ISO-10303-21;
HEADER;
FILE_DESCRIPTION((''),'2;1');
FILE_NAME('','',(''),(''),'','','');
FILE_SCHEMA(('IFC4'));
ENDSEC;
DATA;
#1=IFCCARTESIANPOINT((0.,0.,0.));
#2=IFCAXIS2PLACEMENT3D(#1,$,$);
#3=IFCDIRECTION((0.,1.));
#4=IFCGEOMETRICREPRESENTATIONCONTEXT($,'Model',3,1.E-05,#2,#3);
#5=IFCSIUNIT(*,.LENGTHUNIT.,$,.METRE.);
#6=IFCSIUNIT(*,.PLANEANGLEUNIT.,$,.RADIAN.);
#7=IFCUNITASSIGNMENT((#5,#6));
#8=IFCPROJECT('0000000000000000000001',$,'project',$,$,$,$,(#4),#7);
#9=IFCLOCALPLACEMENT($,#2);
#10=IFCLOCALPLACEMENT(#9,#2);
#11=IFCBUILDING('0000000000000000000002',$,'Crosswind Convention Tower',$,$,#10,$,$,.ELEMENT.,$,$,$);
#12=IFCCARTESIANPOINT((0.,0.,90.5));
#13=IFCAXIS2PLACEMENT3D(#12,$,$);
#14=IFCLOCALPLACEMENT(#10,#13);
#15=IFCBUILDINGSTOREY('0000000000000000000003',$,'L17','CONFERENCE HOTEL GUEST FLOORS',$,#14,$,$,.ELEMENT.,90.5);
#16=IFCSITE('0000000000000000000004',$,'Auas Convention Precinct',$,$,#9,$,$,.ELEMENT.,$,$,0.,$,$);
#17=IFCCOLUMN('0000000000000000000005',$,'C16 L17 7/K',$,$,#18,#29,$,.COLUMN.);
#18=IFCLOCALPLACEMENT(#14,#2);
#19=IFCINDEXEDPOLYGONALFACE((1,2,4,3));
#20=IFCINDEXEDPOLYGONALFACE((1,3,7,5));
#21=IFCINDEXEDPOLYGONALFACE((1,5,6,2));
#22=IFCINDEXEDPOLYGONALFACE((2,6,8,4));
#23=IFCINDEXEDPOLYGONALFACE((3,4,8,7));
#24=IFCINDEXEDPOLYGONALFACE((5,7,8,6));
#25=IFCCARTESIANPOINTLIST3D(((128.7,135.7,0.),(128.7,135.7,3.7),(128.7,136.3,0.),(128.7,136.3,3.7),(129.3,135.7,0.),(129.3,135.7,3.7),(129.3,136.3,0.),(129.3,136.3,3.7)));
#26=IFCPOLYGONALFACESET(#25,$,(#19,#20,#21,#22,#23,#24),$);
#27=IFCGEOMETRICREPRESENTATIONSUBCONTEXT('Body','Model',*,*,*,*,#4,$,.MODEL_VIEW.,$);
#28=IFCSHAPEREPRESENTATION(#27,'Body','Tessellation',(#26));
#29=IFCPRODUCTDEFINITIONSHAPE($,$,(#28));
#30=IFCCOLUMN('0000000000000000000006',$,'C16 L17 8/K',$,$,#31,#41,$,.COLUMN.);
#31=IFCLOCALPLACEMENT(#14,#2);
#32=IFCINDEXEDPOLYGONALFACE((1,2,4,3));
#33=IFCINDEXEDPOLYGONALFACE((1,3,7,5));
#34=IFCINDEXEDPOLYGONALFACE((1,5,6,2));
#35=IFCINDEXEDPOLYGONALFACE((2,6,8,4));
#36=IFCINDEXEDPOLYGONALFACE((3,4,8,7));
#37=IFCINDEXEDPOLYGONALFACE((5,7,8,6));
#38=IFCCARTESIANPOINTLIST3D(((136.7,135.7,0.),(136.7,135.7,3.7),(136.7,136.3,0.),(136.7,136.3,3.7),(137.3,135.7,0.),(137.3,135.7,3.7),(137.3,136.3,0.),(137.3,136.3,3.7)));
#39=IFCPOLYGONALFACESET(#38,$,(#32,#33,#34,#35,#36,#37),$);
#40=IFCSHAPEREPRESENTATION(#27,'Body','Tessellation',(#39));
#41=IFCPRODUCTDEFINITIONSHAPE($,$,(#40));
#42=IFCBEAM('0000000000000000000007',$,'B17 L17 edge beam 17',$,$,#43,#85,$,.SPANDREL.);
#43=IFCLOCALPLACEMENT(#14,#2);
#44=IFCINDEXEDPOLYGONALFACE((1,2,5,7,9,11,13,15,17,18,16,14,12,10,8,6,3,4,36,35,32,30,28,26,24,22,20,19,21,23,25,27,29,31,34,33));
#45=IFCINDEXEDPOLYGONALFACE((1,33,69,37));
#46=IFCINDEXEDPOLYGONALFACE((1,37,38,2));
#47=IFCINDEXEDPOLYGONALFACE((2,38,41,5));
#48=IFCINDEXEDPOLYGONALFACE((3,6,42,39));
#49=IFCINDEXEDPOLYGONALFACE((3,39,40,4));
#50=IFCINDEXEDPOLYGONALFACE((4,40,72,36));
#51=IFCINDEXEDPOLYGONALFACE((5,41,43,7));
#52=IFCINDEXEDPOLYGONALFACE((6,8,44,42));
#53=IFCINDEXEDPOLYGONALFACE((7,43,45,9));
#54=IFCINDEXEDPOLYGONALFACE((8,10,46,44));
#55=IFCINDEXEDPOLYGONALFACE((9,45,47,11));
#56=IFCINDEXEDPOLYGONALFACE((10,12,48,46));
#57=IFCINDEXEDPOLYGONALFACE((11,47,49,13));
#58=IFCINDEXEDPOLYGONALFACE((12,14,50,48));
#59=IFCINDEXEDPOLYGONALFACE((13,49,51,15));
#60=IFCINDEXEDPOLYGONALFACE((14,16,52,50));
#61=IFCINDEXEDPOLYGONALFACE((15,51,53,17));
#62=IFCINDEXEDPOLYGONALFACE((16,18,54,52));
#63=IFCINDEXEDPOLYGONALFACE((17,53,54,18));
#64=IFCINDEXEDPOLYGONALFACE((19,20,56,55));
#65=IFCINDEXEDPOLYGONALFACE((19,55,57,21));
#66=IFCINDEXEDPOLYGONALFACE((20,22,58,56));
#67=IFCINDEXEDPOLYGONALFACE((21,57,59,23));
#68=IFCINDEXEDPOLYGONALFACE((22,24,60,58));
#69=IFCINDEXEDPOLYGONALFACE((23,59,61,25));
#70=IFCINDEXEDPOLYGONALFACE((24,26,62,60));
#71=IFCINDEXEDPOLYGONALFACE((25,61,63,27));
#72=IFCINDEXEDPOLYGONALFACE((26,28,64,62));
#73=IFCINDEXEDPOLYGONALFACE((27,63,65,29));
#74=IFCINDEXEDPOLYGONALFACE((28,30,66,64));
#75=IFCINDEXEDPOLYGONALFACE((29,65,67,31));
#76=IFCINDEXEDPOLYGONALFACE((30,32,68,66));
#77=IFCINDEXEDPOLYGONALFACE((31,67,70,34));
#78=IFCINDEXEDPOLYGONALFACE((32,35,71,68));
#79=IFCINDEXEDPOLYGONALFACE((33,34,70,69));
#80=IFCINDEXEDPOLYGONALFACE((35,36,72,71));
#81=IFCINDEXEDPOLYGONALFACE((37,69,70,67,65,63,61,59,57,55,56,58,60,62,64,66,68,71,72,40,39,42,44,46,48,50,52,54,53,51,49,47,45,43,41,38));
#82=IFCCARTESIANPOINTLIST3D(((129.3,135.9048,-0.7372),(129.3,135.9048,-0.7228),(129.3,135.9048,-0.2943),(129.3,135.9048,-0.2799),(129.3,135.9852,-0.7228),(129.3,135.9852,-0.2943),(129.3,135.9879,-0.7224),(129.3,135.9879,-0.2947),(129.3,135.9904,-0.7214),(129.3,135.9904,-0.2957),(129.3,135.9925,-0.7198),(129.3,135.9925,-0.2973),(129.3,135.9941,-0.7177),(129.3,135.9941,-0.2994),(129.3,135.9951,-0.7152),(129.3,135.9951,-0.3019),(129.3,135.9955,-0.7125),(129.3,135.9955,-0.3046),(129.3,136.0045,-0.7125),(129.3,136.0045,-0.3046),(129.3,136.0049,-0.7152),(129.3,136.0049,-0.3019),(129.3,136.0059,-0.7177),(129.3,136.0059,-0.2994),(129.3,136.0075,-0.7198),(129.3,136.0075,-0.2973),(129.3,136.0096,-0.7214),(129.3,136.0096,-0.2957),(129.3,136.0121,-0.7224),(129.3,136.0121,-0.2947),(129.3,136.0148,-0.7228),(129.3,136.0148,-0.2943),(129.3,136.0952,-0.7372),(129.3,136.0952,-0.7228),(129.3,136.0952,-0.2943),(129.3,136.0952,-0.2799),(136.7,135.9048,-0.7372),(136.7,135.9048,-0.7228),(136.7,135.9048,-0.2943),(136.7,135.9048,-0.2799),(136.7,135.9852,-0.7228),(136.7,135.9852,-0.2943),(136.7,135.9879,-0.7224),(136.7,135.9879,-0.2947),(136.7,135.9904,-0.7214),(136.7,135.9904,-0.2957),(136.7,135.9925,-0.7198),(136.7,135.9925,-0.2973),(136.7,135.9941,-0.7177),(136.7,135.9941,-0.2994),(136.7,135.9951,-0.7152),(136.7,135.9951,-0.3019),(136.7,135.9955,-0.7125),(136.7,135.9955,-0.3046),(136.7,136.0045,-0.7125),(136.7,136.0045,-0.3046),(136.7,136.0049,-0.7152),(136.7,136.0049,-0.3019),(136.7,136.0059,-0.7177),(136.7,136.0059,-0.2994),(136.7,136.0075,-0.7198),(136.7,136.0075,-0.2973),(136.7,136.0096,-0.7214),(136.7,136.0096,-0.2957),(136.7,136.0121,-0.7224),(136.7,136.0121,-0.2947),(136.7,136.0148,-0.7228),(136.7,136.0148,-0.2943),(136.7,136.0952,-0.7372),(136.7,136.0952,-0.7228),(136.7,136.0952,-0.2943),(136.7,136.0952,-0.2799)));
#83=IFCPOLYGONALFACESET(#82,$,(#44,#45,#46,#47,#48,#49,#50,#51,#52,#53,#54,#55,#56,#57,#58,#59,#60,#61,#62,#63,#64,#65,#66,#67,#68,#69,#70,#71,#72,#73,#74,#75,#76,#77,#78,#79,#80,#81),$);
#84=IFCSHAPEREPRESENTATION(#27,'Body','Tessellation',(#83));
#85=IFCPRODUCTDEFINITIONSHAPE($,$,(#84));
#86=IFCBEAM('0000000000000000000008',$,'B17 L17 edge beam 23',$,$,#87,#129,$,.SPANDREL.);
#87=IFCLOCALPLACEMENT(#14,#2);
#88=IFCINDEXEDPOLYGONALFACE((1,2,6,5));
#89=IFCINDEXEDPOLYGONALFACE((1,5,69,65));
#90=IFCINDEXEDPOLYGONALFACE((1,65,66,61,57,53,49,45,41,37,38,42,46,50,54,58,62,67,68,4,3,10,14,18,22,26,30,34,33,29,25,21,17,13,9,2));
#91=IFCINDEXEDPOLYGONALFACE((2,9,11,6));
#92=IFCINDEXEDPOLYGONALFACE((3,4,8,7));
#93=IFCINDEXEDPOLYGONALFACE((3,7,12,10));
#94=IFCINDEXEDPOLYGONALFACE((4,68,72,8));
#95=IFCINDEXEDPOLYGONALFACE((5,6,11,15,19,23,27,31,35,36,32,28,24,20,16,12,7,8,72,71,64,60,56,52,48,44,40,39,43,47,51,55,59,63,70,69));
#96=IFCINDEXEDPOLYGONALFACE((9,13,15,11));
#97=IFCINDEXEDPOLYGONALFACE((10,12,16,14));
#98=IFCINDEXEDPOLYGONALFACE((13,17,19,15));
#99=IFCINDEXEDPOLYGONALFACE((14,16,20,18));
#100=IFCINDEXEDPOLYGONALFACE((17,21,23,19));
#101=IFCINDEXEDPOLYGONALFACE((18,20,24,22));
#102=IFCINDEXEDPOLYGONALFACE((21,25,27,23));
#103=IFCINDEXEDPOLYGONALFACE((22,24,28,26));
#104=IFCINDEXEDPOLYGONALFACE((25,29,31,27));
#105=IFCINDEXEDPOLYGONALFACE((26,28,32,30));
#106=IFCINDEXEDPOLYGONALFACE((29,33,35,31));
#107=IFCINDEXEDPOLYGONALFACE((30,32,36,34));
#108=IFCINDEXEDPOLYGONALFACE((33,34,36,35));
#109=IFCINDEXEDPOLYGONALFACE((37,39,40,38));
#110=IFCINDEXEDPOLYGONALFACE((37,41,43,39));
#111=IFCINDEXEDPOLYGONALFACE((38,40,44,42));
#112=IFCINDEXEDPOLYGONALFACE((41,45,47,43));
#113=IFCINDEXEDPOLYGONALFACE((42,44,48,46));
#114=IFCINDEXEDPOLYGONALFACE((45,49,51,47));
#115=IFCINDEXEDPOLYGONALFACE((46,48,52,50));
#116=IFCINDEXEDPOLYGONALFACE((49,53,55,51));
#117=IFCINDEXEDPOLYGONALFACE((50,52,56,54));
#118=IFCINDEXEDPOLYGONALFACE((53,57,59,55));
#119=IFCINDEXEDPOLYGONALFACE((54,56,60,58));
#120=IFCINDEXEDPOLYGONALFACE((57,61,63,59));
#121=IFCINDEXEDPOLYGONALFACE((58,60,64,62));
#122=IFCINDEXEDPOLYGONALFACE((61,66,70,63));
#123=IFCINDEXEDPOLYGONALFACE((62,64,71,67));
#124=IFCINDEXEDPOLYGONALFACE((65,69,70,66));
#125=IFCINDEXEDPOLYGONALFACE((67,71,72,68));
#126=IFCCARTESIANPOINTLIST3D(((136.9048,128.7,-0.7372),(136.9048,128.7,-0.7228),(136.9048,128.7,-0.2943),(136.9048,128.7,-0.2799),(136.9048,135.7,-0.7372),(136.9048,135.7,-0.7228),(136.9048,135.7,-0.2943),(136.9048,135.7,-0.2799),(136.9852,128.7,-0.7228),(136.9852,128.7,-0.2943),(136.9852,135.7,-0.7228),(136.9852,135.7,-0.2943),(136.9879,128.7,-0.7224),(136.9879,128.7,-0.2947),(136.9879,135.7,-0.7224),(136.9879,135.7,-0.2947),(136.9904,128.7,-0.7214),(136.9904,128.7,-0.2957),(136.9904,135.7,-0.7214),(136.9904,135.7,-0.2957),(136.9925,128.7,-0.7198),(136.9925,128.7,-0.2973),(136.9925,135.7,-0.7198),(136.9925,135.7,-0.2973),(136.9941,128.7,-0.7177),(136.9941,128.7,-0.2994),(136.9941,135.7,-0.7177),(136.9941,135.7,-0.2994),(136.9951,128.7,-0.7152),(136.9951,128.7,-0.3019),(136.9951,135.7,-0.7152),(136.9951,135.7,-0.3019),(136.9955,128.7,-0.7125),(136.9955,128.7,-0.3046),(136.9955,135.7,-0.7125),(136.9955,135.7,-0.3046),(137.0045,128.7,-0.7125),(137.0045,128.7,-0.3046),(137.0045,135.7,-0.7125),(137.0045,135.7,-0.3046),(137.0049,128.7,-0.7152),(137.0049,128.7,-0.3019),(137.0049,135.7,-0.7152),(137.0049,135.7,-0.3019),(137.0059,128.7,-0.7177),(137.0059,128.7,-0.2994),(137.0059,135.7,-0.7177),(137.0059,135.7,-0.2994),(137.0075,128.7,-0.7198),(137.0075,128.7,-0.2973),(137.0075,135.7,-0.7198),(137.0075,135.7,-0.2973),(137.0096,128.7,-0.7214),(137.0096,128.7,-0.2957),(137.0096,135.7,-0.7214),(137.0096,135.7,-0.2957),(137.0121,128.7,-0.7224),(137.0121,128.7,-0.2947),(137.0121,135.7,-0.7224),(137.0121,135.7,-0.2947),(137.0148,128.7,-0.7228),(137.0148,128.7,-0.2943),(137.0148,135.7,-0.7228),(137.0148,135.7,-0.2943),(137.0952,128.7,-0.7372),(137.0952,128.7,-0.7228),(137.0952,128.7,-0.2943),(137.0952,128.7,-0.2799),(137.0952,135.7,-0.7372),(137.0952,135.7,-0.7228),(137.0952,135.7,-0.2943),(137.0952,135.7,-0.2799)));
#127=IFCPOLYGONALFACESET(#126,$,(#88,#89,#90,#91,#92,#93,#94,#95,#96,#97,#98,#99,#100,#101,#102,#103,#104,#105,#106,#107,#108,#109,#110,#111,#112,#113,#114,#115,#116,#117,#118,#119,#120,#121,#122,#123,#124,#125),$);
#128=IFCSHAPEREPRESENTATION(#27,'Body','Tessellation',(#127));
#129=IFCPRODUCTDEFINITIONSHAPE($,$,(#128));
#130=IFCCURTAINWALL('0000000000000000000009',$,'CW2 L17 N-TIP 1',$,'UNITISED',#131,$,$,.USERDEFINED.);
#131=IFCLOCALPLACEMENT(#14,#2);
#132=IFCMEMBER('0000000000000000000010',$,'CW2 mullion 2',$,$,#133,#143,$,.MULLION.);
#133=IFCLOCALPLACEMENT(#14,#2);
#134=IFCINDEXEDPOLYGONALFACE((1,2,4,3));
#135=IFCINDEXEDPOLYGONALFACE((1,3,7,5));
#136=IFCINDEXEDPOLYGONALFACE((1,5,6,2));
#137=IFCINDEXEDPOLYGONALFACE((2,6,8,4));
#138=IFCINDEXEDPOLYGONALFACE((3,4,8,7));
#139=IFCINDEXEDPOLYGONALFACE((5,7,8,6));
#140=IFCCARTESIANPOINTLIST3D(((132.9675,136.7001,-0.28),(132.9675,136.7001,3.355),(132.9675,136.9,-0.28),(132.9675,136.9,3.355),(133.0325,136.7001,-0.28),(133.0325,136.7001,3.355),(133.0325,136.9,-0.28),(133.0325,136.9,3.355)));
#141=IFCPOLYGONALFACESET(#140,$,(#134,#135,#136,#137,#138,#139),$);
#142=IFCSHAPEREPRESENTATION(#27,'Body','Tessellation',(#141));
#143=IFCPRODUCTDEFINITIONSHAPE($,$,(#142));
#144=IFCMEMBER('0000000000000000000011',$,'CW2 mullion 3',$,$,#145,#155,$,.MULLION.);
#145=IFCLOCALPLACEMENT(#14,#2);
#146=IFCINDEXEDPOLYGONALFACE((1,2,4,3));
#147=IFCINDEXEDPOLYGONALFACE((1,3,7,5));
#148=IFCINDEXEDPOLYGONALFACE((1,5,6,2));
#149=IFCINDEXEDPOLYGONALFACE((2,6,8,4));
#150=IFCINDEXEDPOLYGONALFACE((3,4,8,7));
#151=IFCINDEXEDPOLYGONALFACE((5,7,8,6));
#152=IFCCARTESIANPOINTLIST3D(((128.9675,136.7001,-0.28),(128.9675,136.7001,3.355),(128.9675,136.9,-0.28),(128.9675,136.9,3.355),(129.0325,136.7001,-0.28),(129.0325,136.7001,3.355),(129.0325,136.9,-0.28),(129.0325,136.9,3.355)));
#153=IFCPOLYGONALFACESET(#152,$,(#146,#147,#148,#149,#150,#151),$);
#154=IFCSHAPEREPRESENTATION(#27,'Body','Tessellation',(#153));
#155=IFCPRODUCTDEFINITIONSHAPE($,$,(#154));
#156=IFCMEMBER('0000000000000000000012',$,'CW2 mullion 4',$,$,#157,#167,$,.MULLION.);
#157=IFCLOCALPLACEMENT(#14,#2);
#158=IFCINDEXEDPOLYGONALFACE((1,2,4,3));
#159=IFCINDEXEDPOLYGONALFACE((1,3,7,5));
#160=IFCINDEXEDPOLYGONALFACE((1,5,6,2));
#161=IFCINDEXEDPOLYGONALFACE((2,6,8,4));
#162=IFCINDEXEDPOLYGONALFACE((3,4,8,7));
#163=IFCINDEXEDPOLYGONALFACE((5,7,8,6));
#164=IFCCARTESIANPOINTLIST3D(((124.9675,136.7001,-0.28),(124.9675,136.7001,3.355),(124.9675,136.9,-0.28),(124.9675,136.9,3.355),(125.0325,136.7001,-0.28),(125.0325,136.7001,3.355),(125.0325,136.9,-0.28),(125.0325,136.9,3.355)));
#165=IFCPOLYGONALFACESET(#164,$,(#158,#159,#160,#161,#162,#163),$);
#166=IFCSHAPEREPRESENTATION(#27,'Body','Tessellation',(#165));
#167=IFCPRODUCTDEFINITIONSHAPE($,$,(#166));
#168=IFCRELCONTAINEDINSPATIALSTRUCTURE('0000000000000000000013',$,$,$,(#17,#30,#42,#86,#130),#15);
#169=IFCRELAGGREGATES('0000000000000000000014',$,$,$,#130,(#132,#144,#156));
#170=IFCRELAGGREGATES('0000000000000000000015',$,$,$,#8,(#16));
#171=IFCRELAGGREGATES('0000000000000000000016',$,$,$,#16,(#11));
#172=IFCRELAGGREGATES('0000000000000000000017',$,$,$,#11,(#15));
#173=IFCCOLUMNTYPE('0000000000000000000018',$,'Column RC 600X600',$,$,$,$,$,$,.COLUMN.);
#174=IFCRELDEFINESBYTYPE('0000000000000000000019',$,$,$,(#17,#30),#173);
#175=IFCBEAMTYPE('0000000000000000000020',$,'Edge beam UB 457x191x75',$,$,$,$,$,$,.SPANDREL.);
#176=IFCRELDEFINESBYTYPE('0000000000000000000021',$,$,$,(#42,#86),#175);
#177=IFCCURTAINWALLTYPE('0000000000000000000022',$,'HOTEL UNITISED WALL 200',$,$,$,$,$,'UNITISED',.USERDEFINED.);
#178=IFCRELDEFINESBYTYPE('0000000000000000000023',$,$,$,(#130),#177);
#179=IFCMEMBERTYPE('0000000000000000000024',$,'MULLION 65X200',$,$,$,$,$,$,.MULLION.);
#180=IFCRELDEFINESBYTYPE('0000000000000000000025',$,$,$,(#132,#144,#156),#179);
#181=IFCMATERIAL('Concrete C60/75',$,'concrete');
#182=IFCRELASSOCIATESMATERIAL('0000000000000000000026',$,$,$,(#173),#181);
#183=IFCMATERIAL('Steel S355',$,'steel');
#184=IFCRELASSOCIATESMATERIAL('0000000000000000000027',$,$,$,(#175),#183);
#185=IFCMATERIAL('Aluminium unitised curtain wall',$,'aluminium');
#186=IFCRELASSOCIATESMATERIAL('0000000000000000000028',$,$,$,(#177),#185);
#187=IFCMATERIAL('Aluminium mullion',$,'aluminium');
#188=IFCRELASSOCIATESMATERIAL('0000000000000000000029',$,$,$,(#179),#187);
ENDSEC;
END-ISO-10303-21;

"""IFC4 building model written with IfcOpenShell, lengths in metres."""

from ifc_helpers import new_model, si_unit, direction, frame, origin, origin_2d, place, context, subcontext, project, spatial, rectangle, i_section, extrude, material, material_profile, profile_set, type_object, element, aggregate, save


model = new_model("IFC4")

# Units and contexts
model_context = context("Model", 3, precision=1e-05, world=origin(), true_north=direction((0.0, 1.0)))
body_context = subcontext(model_context, "Body", "Model", "MODEL_VIEW")
ifc_project = project(units=[si_unit("LENGTHUNIT", "METRE"), si_unit("PLANEANGLEUNIT", "RADIAN")], contexts=[model_context])

# Site, building, storey
site_placement = place(None, origin())
site = spatial("IfcSite", under=ifc_project, at=site_placement, Name="Auas Convention Precinct", CompositionType="ELEMENT", RefElevation=0.0)
building_placement = place(site_placement, origin())
building = spatial("IfcBuilding", under=site, at=building_placement, Name="Crosswind Convention Tower", CompositionType="ELEMENT")
storey_placement = place(building_placement, frame((0.0, 0.0, 90.5)))
storey = spatial("IfcBuildingStorey", under=building, at=storey_placement, Name="L17", Description="CONFERENCE HOTEL GUEST FLOORS", CompositionType="ELEMENT", Elevation=90.5)

# Columns
ifc_material_1 = material(Name="Concrete C60/75", Category="concrete")
ifc_material_profile_1 = material_profile(ifc_material_1, rectangle(XDim=0.6001, YDim=0.6001, at=origin_2d()), Name="RC 600X600")
ifc_profile_set_1 = profile_set([ifc_material_profile_1], Name="Concrete C60/75")
column_type = type_object("IfcColumnType", Name="Column RC 600X600", PredefinedType="COLUMN", material=ifc_profile_set_1)
for number, where, z_axis, x_axis, name in (
    (1, (129.0, 136.0, 0.0), (0.0, 0.0, 1.0), (1.0, 0.0, 0.0), "C16 L17 7/K"),
    (2, (137.0, 136.0, 0.0), (0.0, 0.0, 1.0), (1.0, 0.0, 0.0), "C16 L17 8/K"),
):
    element("IfcColumn", number, at=place(storey_placement, frame(where, z_axis=z_axis, x_axis=x_axis)), inside=storey, type_object=column_type, Name=name, PredefinedType="COLUMN", context=body_context, shape_type="SweptSolid", body=[
        extrude(rectangle(XDim=0.6001, YDim=0.6001, at=origin_2d()), origin(), (0.0, 0.0, 1.0), 3.7),
    ])

# Beams
ifc_material_2 = material(Name="Steel S355", Category="steel")
ifc_material_profile_2 = material_profile(ifc_material_2, i_section(OverallWidth=0.1904, OverallDepth=0.4573, WebThickness=0.009, FlangeThickness=0.0144, FilletRadius=0.0103, at=origin_2d()), Name="UB 457x191x75")
ifc_profile_set_2 = profile_set([ifc_material_profile_2], Name="Steel S355")
beam_type_1 = type_object("IfcBeamType", Name="Edge beam UB 457x191x75", PredefinedType="SPANDREL", material=ifc_profile_set_2)
beam_1_placement = place(storey_placement, frame((129.3, 136.0, -0.5085), z_axis=(1.0, 0.0, 0.0), x_axis=(0.0, 1.0, 0.0)))
element("IfcBeam", 3, at=beam_1_placement, inside=storey, type_object=beam_type_1, Name="B17 L17 edge beam 17", PredefinedType="SPANDREL", context=body_context, shape_type="SweptSolid", body=[
    extrude(i_section(OverallWidth=0.1904, OverallDepth=0.4573, WebThickness=0.009, FlangeThickness=0.0144, FilletRadius=0.0103, at=origin_2d()), origin(), (0.0, 0.0, 1.0), 7.3999),
])
beam_2_placement = place(storey_placement, frame((137.0, 128.7, -0.5085), z_axis=(0.0, 1.0, 0.0), x_axis=(-1.0, 0.0, 0.0)))
element("IfcBeam", 4, at=beam_2_placement, inside=storey, type_object=beam_type_1, Name="B17 L17 edge beam 23", PredefinedType="SPANDREL", context=body_context, shape_type="SweptSolid", body=[
    extrude(i_section(OverallWidth=0.1904, OverallDepth=0.4573, WebThickness=0.009, FlangeThickness=0.0144, FilletRadius=0.0103, at=origin_2d()), origin(), (0.0, 0.0, 1.0), 7.0),
])

# Curtain wall, members
ifc_material_3 = material(Name="Aluminium unitised curtain wall", Category="aluminium")
curtain_wall_type = type_object("IfcCurtainWallType", Name="HOTEL UNITISED WALL 200", ElementType="UNITISED", PredefinedType="USERDEFINED", material=ifc_material_3)
curtain_wall_placement = place(storey_placement, origin())
curtain_wall = element("IfcCurtainWall", 5, at=curtain_wall_placement, inside=storey, type_object=curtain_wall_type, Name="CW2 L17 N-TIP 1", ObjectType="UNITISED", PredefinedType="USERDEFINED")
ifc_material_4 = material(Name="Aluminium mullion", Category="aluminium")
ifc_material_profile_3 = material_profile(ifc_material_4, rectangle(XDim=0.2, YDim=0.0649, at=origin_2d()), Name="AL 200X65")
ifc_profile_set_3 = profile_set([ifc_material_profile_3], Name="Aluminium mullion")
member_type = type_object("IfcMemberType", Name="MULLION 65X200", PredefinedType="MULLION", material=ifc_profile_set_3)
member_1_placement = place(storey_placement, frame((133.0, 136.8, -0.28), z_axis=(0.0, 0.0, 1.0), x_axis=(0.0, 1.0, 0.0)))
member_1 = element("IfcMember", 6, at=member_1_placement, type_object=member_type, Name="CW2 mullion 2", PredefinedType="MULLION", context=body_context, shape_type="SweptSolid", body=[
    extrude(rectangle(XDim=0.2, YDim=0.0649, at=origin_2d()), origin(), (0.0, 0.0, 1.0), 3.635),
])
member_2_placement = place(storey_placement, frame((129.0, 136.8, -0.28), z_axis=(0.0, 0.0, 1.0), x_axis=(0.0, 1.0, 0.0)))
member_2 = element("IfcMember", 7, at=member_2_placement, type_object=member_type, Name="CW2 mullion 3", PredefinedType="MULLION", context=body_context, shape_type="SweptSolid", body=[
    extrude(rectangle(XDim=0.2, YDim=0.0649, at=origin_2d()), origin(), (0.0, 0.0, 1.0), 3.635),
])
member_3_placement = place(storey_placement, frame((125.0, 136.8, -0.28), z_axis=(0.0, 0.0, 1.0), x_axis=(0.0, 1.0, 0.0)))
member_3 = element("IfcMember", 8, at=member_3_placement, type_object=member_type, Name="CW2 mullion 4", PredefinedType="MULLION", context=body_context, shape_type="SweptSolid", body=[
    extrude(rectangle(XDim=0.2, YDim=0.0649, at=origin_2d()), origin(), (0.0, 0.0, 1.0), 3.635),
])

aggregate(curtain_wall, [member_1, member_2, member_3])

save(model, "model.ifc")
